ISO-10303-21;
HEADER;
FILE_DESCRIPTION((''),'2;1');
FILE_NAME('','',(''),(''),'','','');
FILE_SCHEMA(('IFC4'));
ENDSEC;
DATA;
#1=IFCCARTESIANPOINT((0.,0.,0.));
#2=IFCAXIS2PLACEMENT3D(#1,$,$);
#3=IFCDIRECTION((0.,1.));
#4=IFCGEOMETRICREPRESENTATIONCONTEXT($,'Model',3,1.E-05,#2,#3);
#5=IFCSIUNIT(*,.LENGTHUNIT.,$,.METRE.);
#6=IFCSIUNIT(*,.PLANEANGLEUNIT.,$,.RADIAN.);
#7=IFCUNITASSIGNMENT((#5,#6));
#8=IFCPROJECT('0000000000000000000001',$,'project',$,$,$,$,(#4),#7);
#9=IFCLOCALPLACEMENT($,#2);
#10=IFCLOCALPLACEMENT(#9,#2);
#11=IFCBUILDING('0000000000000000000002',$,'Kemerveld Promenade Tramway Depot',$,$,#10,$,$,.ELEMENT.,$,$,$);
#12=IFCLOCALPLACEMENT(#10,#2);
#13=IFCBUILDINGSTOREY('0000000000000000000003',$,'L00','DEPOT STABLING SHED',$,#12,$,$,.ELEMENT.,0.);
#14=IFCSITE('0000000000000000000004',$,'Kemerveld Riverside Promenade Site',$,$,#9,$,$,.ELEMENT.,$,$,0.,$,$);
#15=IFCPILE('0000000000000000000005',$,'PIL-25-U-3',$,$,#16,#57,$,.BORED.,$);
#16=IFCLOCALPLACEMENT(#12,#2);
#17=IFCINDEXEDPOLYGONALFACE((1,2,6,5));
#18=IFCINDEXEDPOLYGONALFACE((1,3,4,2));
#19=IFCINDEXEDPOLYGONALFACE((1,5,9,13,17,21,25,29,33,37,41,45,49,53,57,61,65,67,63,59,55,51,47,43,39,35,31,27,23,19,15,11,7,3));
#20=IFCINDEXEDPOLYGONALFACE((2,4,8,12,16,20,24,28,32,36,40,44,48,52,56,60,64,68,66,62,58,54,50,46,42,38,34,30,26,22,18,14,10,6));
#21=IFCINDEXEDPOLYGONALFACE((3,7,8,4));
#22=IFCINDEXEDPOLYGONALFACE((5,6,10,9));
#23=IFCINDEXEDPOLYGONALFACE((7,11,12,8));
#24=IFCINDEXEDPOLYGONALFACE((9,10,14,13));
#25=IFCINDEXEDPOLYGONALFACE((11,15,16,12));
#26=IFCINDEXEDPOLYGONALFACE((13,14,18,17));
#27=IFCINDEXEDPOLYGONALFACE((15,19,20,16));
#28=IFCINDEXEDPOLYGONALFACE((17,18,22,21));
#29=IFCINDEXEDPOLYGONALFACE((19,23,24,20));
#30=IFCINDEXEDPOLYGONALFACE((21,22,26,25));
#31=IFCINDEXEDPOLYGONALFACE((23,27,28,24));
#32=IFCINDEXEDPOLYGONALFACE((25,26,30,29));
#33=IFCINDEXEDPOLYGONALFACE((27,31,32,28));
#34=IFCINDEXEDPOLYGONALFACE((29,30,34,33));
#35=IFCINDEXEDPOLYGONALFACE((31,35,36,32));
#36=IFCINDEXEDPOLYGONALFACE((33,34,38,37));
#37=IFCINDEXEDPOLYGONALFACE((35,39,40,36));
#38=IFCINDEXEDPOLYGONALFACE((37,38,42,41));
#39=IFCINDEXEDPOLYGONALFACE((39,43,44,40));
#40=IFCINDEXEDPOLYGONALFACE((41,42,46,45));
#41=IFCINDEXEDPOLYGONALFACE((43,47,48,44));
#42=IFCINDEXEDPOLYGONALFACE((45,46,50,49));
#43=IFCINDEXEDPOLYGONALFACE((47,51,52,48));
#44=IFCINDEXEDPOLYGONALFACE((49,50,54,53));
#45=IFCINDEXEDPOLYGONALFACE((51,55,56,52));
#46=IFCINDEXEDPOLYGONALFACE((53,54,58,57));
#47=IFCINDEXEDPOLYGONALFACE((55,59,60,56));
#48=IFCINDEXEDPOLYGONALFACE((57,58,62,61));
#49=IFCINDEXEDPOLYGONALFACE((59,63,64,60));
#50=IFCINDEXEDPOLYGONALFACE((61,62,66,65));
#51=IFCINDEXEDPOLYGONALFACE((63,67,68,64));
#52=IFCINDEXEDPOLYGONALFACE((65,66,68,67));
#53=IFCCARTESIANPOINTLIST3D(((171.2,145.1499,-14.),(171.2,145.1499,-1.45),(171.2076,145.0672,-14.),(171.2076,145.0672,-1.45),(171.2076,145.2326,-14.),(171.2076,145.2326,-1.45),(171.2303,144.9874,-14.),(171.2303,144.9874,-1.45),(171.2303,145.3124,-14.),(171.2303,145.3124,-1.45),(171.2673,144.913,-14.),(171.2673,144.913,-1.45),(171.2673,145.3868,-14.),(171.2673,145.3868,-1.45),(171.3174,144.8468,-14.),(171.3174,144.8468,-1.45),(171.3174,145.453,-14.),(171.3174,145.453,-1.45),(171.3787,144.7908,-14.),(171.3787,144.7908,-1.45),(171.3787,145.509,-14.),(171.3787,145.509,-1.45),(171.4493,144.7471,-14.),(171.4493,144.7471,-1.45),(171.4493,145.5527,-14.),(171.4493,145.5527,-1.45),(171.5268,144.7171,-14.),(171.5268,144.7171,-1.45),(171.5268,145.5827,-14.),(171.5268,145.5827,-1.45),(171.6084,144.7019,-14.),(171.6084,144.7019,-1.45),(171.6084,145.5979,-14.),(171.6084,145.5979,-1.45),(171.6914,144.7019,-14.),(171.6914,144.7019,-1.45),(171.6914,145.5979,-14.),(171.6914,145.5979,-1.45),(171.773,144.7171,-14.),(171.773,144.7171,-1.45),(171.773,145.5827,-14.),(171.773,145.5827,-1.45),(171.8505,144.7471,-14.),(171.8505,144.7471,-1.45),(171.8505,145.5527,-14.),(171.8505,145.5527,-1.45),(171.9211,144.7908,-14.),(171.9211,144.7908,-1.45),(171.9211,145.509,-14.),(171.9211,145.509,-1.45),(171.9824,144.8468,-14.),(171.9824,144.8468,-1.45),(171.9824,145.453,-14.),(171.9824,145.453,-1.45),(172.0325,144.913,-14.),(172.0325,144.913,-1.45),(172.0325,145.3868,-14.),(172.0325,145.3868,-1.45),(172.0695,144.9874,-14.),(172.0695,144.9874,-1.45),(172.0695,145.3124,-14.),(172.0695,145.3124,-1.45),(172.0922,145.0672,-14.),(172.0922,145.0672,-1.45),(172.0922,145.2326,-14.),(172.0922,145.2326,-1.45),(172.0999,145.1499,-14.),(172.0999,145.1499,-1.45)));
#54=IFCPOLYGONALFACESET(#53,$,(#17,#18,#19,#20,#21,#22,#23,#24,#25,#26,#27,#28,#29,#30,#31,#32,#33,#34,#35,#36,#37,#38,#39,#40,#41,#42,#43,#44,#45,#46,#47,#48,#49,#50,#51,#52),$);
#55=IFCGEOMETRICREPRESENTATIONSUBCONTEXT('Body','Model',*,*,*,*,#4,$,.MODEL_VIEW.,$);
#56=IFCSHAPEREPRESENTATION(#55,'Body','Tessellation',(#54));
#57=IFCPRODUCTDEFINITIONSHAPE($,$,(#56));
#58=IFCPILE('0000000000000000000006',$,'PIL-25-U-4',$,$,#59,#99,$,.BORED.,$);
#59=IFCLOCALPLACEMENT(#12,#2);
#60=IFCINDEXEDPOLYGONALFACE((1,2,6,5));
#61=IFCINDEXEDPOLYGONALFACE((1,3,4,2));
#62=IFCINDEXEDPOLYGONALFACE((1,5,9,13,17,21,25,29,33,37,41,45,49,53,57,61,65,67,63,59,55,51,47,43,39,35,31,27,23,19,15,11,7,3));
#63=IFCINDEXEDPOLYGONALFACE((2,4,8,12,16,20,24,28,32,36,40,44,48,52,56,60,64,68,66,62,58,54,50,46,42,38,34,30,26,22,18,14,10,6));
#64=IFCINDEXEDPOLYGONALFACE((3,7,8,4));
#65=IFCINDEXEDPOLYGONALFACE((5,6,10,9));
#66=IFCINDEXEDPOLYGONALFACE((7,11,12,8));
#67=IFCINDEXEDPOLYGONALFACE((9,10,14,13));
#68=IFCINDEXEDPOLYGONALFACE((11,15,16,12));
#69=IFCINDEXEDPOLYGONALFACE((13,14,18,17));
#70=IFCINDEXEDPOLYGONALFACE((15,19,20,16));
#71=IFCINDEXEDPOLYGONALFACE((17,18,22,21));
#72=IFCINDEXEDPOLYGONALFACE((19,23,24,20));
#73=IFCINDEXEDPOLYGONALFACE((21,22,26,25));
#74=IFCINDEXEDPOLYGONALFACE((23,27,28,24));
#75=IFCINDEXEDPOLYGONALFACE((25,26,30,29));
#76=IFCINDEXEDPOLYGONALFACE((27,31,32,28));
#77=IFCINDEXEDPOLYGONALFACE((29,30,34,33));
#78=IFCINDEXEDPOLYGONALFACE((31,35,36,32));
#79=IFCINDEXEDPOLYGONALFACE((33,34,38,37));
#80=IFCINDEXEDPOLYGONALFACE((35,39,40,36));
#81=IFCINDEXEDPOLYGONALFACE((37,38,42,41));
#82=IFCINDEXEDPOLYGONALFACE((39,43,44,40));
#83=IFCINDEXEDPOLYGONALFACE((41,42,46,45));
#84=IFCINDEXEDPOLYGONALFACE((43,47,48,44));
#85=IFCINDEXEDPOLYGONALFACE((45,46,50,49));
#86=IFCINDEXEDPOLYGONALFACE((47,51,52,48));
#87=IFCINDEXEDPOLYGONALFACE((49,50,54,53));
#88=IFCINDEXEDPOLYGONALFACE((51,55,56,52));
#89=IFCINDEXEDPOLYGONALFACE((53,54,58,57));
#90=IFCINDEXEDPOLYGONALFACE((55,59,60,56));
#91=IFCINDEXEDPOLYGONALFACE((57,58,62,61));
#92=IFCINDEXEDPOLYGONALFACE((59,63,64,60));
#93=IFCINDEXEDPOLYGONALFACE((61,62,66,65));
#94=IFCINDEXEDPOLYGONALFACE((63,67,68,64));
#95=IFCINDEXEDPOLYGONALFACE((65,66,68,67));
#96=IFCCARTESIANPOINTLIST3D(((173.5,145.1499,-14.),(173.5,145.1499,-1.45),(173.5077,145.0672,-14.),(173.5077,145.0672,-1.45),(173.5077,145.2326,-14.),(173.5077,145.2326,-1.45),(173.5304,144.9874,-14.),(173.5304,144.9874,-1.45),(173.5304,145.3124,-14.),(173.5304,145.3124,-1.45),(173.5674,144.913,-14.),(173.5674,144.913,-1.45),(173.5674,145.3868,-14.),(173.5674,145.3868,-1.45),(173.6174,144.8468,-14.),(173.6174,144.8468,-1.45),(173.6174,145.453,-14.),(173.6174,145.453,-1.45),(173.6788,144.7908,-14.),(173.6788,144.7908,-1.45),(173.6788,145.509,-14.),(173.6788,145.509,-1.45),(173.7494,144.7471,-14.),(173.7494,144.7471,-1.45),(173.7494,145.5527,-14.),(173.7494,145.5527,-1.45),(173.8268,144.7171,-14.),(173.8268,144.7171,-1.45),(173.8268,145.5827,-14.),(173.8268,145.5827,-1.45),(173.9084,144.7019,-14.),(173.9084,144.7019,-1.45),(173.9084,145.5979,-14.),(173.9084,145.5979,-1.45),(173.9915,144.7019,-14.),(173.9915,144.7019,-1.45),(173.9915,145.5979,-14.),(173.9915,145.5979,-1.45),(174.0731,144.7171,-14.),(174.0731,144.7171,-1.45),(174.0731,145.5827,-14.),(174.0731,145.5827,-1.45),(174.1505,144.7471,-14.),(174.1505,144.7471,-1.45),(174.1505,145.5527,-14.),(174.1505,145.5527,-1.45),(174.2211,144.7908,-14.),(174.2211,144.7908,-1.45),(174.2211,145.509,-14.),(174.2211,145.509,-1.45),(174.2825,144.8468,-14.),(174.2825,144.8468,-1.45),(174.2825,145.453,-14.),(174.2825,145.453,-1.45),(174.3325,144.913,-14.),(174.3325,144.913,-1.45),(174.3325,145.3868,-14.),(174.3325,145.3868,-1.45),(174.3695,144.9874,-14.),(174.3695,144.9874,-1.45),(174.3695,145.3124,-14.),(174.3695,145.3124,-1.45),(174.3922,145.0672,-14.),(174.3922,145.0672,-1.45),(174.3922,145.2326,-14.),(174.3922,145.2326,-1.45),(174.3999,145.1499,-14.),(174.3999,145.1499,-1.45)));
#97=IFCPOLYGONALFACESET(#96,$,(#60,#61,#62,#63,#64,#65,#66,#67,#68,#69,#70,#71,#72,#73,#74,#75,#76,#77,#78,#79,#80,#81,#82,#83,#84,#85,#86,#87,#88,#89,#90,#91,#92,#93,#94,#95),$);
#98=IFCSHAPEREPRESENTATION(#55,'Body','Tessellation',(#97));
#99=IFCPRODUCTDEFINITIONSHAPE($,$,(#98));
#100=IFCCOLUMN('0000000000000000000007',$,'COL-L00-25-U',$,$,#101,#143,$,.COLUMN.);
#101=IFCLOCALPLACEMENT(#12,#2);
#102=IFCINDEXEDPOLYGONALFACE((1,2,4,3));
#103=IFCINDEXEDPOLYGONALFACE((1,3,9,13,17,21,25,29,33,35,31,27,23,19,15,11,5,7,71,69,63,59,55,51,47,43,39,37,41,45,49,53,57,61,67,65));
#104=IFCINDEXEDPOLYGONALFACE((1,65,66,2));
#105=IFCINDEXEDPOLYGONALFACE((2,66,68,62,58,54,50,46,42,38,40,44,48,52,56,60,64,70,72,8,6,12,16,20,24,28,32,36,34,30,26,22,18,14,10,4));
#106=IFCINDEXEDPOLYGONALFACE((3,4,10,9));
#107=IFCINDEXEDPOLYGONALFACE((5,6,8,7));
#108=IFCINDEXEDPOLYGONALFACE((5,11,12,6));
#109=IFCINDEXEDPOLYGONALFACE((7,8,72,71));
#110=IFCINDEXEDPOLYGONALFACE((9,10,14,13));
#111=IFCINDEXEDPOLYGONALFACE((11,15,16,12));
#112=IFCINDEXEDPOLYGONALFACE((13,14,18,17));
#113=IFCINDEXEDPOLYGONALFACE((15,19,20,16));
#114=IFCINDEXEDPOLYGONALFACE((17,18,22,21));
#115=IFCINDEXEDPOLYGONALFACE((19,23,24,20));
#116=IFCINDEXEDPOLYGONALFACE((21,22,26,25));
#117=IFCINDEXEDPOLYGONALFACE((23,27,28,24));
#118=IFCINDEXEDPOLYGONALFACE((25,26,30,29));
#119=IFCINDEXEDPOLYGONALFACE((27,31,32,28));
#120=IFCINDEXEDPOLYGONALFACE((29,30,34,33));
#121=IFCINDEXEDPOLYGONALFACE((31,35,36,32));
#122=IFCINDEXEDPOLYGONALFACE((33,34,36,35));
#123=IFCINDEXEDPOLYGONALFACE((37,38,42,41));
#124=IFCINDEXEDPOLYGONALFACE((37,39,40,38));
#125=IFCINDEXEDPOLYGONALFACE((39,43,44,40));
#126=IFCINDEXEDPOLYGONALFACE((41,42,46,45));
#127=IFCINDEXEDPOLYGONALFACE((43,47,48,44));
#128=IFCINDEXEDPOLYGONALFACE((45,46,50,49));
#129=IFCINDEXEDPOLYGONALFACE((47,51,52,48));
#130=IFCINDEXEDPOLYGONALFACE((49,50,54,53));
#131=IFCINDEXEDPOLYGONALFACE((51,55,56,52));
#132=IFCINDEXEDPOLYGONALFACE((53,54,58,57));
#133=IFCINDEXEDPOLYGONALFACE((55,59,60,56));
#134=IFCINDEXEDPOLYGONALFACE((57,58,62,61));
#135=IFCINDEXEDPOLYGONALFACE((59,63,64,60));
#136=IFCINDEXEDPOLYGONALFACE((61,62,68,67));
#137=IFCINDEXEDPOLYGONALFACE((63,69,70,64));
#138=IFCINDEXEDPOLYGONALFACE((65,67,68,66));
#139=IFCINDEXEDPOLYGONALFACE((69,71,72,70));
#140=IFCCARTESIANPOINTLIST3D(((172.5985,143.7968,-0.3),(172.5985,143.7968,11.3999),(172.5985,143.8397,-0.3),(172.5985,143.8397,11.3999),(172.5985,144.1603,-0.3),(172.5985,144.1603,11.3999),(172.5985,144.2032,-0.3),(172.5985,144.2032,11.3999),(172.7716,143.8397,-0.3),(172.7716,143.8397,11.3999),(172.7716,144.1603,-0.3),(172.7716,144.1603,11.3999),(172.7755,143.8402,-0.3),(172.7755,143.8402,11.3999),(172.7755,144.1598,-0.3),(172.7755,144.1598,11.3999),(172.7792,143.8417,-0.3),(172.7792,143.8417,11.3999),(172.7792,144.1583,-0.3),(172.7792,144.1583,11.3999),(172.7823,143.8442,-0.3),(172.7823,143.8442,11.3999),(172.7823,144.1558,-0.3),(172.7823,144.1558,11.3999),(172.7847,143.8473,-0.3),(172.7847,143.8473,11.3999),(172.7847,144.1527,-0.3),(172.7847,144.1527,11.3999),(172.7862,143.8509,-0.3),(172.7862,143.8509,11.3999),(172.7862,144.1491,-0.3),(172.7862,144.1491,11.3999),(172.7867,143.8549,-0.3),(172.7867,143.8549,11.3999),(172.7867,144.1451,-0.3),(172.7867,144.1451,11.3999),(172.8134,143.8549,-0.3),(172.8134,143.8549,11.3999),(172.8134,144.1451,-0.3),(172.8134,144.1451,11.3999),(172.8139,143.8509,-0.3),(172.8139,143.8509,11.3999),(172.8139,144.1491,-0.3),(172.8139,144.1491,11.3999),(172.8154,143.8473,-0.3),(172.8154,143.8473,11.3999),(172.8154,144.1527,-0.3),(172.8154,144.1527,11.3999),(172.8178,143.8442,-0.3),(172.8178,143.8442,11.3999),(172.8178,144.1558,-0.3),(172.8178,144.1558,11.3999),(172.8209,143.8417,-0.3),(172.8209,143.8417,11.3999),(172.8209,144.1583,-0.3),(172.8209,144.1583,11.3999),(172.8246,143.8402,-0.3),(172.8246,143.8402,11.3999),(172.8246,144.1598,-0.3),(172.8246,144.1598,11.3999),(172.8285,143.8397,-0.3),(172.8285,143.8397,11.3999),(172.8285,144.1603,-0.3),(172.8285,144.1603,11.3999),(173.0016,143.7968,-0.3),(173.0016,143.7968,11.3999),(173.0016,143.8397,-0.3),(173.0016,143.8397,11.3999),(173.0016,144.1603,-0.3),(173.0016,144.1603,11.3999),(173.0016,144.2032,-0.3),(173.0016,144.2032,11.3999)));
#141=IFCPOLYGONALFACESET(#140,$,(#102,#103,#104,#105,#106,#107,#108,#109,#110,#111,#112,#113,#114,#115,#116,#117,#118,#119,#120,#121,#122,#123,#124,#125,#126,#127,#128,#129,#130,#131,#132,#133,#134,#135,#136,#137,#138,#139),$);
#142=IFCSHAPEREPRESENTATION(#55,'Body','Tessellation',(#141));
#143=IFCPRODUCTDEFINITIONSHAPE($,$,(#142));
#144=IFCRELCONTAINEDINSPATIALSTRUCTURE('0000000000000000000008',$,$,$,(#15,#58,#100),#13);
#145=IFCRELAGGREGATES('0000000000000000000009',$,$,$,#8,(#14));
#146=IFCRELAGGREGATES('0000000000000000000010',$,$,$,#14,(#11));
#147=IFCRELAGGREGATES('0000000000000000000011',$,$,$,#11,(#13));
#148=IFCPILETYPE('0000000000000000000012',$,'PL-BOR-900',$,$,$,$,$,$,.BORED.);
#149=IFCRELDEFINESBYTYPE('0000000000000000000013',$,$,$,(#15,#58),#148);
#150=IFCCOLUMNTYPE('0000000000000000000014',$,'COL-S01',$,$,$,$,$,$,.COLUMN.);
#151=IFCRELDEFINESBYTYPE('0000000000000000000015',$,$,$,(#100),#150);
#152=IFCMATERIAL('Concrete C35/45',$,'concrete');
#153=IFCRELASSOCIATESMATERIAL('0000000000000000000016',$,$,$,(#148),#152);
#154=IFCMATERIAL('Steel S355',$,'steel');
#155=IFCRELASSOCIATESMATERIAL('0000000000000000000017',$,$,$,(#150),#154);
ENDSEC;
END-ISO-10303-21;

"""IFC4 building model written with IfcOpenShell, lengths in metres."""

from ifc_helpers import new_model, si_unit, direction, frame, origin, origin_2d, place, context, subcontext, project, spatial, circle, i_section, extrude, material, material_profile, profile_set, type_object, element, save


model = new_model("IFC4")

# Units and contexts
model_context = context("Model", 3, precision=1e-05, world=origin(), true_north=direction((0.0, 1.0)))
body_context = subcontext(model_context, "Body", "Model", "MODEL_VIEW")
ifc_project = project(units=[si_unit("LENGTHUNIT", "METRE"), si_unit("PLANEANGLEUNIT", "RADIAN")], contexts=[model_context])

# Site, building, storey
site_placement = place(None, origin())
site = spatial("IfcSite", under=ifc_project, at=site_placement, Name="Kemerveld Riverside Promenade Site", CompositionType="ELEMENT", RefElevation=0.0)
building_placement = place(site_placement, origin())
building = spatial("IfcBuilding", under=site, at=building_placement, Name="Kemerveld Promenade Tramway Depot", CompositionType="ELEMENT")
storey_placement = place(building_placement, origin())
storey = spatial("IfcBuildingStorey", under=building, at=storey_placement, Name="L00", Description="DEPOT STABLING SHED", CompositionType="ELEMENT", Elevation=0.0)

# Shared definitions
ifc_material_1 = material(Name="Concrete C35/45", Category="concrete")

# Piles
ifc_material_profile_1 = material_profile(ifc_material_1, circle(Radius=0.45, at=origin_2d()), Name="PILE-D900")
ifc_profile_set_1 = profile_set([ifc_material_profile_1], Name="Concrete C35/45")
pile_type = type_object("IfcPileType", Name="PL-BOR-900", PredefinedType="BORED", material=ifc_profile_set_1)
for number, where, z_axis, x_axis, name in (
    (1, (171.6499, 145.1499, -1.45), (0.0, 0.0, -1.0), (1.0, 0.0, 0.0), "PIL-25-U-3"),
    (2, (173.95, 145.1499, -1.45), (0.0, 0.0, -1.0), (1.0, 0.0, 0.0), "PIL-25-U-4"),
):
    element("IfcPile", number, at=place(storey_placement, frame(where, z_axis=z_axis, x_axis=x_axis)), inside=storey, type_object=pile_type, Name=name, PredefinedType="BORED", context=body_context, shape_type="SweptSolid", body=[
        extrude(circle(Radius=0.45, at=origin_2d()), origin(), (0.0, 0.0, 1.0), 12.55),
    ])

# Column
ifc_material_2 = material(Name="Steel S355", Category="steel")
ifc_material_profile_2 = material_profile(ifc_material_2, i_section(OverallWidth=0.4031, OverallDepth=0.4065, WebThickness=0.0266, FlangeThickness=0.043, FilletRadius=0.0151, at=origin_2d()), Name="356x406x340 UC")
ifc_profile_set_2 = profile_set([ifc_material_profile_2], Name="Steel S355")
column_type = type_object("IfcColumnType", Name="COL-S01", PredefinedType="COLUMN", material=ifc_profile_set_2)
column_placement = place(storey_placement, frame((172.8, 144.0, -0.3), z_axis=(0.0, 0.0, 1.0), x_axis=(1.0, 0.0, 0.0)))
element("IfcColumn", 3, at=column_placement, inside=storey, type_object=column_type, Name="COL-L00-25-U", PredefinedType="COLUMN", context=body_context, shape_type="SweptSolid", body=[
    extrude(i_section(OverallWidth=0.4031, OverallDepth=0.4065, WebThickness=0.0266, FlangeThickness=0.043, FilletRadius=0.0151, at=origin_2d()), origin(), (0.0, 0.0, 1.0), 11.7),
])

save(model, "model.ifc")
